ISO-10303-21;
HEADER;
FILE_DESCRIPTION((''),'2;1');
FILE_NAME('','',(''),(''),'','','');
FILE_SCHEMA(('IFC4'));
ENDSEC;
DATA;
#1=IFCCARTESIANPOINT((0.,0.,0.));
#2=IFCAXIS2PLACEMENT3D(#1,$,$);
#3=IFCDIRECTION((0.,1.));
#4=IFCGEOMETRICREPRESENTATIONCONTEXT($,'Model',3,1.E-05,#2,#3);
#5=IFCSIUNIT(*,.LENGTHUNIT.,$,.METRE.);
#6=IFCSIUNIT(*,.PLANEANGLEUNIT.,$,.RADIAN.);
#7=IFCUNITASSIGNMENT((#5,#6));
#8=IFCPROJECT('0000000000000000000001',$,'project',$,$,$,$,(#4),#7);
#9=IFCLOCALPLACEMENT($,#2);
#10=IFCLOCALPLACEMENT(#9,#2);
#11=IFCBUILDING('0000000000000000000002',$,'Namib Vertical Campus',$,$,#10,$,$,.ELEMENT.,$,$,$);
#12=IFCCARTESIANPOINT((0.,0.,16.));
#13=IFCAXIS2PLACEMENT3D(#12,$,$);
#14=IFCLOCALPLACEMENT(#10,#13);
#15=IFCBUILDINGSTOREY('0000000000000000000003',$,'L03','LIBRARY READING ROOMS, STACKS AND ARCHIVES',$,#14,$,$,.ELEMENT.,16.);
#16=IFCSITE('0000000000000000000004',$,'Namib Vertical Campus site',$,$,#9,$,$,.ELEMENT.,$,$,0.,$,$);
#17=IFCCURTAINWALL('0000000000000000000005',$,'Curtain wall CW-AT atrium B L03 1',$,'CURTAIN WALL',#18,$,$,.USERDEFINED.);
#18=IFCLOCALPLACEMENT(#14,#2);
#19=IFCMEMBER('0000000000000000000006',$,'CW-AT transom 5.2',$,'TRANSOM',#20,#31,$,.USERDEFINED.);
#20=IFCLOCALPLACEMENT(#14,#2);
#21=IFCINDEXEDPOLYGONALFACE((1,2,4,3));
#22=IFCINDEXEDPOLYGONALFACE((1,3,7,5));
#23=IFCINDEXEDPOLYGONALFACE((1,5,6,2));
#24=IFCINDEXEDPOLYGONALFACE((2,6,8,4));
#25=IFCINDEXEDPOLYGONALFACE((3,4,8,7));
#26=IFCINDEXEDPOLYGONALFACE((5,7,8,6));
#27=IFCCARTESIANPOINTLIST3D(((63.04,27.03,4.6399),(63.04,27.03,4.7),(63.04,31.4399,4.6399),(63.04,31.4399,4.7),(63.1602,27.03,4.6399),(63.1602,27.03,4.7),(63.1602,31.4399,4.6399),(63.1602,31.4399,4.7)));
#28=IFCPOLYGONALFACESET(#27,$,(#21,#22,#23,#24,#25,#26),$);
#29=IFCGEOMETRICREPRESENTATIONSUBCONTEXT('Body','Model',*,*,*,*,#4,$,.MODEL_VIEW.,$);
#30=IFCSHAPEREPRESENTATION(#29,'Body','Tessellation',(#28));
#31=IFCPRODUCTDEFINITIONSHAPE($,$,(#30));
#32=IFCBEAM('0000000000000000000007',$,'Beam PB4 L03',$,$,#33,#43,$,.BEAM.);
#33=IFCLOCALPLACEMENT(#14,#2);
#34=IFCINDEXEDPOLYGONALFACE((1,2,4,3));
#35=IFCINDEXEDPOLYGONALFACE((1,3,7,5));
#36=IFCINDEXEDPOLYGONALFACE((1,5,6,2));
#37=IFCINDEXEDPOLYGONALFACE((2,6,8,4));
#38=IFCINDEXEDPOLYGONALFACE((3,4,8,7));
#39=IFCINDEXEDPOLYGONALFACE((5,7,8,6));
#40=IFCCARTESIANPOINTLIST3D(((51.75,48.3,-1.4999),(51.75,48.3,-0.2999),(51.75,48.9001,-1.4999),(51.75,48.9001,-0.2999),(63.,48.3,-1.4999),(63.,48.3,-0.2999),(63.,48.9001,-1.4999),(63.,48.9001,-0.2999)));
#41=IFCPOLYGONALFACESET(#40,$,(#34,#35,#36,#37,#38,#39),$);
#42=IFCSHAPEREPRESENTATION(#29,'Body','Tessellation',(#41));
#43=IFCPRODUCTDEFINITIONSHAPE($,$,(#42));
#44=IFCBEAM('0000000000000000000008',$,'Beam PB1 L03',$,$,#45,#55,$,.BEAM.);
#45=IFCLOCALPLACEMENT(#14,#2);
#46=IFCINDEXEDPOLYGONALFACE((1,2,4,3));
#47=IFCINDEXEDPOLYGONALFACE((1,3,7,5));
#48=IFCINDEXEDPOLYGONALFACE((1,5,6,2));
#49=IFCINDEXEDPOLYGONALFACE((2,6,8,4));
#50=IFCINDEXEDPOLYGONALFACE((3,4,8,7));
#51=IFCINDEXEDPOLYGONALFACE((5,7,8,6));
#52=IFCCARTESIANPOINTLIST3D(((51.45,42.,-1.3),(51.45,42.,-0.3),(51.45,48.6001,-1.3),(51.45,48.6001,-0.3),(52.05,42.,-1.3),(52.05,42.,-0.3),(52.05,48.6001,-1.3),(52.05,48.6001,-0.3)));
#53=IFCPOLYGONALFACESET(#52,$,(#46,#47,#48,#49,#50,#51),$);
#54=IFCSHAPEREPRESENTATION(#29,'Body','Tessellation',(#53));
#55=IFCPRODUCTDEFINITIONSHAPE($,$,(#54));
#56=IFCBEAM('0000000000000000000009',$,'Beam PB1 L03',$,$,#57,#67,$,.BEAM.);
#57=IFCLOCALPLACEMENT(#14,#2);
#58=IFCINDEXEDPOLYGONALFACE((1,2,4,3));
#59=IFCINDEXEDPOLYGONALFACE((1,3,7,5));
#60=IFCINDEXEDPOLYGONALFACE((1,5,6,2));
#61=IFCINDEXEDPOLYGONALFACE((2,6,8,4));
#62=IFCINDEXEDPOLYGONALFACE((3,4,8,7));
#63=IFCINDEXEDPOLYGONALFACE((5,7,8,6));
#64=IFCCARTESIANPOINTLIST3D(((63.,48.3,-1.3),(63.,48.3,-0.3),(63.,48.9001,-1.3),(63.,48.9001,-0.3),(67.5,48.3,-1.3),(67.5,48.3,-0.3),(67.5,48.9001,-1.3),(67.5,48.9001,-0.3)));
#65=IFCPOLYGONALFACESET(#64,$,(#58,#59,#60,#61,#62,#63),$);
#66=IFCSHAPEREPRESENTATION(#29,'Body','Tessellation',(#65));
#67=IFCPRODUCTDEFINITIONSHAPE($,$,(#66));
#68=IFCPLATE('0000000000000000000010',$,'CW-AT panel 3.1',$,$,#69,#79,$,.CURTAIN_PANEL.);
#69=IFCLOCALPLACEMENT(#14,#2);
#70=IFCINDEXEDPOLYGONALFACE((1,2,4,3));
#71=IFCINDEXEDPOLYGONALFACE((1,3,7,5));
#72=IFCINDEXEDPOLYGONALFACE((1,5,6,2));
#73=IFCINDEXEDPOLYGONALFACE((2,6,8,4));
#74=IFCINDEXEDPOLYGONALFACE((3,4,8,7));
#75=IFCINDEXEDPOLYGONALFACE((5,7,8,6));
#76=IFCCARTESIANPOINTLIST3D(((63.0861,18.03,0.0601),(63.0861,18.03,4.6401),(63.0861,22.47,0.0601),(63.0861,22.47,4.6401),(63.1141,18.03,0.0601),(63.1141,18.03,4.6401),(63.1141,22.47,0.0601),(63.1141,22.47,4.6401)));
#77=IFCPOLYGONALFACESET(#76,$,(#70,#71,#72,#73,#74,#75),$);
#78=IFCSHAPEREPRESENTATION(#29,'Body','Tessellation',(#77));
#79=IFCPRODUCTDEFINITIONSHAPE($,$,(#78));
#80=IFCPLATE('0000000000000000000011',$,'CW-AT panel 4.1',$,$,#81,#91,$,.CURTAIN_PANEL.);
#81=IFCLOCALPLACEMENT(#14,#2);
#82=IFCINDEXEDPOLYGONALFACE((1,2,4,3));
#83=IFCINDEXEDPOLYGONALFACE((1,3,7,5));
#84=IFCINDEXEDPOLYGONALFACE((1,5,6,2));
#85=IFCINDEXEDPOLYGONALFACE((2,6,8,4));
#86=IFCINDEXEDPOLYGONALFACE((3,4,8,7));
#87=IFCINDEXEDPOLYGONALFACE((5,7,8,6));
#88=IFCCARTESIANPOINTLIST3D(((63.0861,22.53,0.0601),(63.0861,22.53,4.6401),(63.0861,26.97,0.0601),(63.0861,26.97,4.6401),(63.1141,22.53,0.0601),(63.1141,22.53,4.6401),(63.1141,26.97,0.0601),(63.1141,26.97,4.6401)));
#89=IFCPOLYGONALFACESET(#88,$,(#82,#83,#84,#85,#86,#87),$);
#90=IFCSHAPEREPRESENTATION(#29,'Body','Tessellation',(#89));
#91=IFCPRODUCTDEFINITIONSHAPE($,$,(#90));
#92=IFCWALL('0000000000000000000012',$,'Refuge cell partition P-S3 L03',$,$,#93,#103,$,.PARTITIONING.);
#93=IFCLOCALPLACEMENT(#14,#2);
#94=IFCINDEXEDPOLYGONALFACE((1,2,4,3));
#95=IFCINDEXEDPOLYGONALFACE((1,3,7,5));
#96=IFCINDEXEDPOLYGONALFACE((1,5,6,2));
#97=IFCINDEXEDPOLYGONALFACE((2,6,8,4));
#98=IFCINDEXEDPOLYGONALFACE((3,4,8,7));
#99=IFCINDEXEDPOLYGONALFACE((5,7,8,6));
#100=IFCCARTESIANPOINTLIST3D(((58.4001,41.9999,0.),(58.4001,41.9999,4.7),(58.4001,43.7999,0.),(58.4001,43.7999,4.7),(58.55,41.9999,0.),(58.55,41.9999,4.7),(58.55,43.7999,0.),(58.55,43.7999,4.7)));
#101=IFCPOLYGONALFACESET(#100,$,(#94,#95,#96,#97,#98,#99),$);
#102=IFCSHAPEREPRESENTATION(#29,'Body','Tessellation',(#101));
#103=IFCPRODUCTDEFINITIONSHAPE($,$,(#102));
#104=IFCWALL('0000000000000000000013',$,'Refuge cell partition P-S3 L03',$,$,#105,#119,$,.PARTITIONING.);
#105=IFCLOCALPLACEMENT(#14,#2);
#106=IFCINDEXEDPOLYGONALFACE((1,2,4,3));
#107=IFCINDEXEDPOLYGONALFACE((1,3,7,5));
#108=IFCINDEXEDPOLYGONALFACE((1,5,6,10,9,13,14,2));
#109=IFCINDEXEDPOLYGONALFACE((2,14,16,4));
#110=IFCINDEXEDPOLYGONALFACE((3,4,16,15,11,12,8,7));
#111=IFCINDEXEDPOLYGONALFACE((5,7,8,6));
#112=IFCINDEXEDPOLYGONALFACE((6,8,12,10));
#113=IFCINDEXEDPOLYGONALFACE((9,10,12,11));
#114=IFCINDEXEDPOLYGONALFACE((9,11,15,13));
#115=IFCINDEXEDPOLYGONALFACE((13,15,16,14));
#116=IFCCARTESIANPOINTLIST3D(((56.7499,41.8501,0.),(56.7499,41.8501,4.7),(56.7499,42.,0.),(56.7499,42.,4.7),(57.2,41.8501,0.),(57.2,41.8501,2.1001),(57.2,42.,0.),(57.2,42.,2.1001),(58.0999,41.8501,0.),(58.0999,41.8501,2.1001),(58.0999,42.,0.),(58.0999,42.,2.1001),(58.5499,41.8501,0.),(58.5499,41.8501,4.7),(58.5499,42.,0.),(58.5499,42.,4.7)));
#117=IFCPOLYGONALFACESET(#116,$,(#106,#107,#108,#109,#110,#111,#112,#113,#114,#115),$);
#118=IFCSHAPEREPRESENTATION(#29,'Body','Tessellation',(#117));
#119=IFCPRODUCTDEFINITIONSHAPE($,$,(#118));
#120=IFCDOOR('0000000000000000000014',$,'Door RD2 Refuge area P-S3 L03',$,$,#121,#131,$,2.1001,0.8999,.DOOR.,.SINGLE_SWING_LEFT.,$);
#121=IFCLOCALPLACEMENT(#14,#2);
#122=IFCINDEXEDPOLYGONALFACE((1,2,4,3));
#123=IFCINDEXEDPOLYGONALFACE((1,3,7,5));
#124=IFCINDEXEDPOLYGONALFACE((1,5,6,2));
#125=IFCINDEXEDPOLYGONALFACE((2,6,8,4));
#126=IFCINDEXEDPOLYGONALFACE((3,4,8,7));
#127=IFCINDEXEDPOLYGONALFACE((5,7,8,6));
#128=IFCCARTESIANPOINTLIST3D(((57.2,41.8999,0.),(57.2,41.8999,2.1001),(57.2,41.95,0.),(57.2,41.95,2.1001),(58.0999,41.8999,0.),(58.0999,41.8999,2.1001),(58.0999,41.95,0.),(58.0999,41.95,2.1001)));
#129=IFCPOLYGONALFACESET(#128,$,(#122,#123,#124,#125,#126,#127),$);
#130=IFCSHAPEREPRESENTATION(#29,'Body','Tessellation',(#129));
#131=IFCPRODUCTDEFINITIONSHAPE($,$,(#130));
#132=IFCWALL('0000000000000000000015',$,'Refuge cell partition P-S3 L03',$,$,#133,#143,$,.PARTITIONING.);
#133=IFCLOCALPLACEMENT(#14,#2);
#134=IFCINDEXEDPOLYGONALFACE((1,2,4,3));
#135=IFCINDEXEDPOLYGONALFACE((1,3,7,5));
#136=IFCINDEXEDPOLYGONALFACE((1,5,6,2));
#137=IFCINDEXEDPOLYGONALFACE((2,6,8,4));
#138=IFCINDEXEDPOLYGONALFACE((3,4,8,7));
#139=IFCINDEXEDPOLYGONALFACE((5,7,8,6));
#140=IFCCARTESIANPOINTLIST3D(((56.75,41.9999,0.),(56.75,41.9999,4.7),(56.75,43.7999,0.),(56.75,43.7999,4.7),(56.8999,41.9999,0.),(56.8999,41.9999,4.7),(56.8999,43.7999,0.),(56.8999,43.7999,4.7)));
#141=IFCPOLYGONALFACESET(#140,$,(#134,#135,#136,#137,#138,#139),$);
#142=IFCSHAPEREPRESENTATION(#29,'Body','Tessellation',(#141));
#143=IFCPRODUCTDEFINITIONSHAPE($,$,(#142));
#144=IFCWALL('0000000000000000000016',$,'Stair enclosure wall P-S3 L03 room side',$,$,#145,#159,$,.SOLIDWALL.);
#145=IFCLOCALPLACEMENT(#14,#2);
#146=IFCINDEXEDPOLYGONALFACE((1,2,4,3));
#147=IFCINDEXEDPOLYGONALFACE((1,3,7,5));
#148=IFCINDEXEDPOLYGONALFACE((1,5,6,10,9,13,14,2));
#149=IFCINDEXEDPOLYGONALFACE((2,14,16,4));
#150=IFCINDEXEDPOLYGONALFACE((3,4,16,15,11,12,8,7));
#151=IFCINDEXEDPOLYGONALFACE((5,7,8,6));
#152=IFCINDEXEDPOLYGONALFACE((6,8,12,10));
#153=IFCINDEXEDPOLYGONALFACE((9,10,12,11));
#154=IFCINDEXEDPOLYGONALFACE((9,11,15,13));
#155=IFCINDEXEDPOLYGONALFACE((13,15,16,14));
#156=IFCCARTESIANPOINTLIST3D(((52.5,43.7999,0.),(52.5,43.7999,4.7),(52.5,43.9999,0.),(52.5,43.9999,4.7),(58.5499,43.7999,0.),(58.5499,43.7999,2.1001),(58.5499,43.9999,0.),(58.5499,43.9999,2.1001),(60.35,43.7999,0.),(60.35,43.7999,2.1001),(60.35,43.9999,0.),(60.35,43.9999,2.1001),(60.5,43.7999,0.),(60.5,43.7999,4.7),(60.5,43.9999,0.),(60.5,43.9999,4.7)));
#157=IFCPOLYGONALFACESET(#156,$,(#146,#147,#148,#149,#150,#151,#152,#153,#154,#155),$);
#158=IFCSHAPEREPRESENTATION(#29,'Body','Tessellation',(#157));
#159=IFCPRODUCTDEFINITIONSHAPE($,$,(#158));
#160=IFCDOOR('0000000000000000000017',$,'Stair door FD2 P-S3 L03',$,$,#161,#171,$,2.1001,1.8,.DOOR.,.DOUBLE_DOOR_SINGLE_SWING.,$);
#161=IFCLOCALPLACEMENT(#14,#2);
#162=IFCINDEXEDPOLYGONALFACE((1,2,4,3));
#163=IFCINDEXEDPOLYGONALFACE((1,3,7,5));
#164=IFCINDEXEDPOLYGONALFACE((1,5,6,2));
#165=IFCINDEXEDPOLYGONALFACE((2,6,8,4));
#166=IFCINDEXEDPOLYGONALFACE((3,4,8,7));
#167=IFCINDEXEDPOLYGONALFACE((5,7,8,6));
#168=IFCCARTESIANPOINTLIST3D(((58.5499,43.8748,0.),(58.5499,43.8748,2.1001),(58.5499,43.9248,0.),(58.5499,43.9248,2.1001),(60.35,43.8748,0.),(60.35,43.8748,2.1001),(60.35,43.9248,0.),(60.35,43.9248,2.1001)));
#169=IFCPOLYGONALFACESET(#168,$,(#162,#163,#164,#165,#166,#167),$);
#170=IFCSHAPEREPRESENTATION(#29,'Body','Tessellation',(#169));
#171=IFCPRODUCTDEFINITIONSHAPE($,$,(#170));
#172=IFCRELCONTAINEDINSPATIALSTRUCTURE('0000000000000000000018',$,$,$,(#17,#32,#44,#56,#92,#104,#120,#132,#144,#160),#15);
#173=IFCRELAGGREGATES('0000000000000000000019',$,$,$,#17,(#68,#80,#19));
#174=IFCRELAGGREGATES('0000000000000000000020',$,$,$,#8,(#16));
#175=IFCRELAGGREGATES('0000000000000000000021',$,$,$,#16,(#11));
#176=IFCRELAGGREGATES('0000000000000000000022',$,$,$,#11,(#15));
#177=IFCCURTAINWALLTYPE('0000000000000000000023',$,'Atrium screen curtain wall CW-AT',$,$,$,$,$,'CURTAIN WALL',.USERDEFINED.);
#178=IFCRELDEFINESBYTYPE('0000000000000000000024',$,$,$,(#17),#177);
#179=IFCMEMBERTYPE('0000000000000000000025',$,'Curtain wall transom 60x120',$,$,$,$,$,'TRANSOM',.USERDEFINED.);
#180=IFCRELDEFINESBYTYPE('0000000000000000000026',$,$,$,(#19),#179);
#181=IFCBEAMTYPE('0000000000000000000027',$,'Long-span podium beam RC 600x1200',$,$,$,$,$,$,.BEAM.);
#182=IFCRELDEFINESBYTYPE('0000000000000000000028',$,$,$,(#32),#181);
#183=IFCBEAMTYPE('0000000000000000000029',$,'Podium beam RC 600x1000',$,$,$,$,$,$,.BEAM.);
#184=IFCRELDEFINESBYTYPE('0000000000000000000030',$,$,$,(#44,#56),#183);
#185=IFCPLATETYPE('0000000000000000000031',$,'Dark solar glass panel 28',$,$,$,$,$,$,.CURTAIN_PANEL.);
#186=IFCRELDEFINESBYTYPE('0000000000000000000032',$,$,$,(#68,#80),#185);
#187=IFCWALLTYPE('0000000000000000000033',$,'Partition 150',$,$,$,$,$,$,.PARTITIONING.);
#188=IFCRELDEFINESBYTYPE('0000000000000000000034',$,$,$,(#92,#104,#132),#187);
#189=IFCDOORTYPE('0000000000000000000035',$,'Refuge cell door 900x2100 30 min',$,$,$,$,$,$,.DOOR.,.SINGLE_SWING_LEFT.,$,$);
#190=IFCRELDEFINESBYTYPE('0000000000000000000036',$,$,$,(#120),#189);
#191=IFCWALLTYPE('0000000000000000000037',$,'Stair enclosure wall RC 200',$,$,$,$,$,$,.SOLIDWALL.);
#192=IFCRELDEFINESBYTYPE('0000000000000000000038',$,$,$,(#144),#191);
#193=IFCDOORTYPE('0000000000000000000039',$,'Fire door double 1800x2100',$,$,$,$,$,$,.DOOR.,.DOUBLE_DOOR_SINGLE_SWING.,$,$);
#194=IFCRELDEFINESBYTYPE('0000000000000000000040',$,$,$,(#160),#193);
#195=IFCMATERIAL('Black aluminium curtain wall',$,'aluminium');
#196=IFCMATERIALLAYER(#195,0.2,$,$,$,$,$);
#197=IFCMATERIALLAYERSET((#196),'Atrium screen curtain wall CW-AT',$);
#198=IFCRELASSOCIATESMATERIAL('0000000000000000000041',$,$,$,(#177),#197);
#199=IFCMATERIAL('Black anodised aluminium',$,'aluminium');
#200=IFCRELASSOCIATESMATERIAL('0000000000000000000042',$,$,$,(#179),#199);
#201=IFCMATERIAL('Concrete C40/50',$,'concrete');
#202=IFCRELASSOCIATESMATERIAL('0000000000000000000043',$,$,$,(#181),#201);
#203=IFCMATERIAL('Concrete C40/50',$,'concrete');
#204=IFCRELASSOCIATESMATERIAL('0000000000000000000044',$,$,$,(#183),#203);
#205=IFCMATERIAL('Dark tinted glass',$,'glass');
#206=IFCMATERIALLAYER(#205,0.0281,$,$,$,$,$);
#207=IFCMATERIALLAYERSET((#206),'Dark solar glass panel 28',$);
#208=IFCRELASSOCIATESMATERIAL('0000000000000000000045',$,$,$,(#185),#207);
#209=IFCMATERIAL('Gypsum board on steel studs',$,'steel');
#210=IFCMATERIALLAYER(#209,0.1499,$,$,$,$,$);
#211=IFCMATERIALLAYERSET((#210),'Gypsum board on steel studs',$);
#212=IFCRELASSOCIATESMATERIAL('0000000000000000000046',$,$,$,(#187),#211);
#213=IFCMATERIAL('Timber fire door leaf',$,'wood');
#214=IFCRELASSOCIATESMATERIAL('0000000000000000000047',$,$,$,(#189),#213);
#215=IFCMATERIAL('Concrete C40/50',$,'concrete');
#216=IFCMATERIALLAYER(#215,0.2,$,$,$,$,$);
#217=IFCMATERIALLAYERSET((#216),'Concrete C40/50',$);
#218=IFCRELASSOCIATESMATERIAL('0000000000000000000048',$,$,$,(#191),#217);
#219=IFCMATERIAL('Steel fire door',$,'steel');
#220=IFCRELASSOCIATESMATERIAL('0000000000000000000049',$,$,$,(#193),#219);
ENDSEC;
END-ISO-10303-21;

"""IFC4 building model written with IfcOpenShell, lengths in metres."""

from ifc_helpers import new_model, si_unit, direction, frame, frame_2d, origin, origin_2d, place, context, subcontext, project, spatial, rectangle, extrude, material, layer, layer_set, material_profile, profile_set, type_object, element, fill, aggregate, save


model = new_model("IFC4")

# Units and contexts
model_context = context("Model", 3, precision=1e-05, world=origin(), true_north=direction((0.0, 1.0)))
body_context = subcontext(model_context, "Body", "Model", "MODEL_VIEW")
ifc_project = project(units=[si_unit("LENGTHUNIT", "METRE"), si_unit("PLANEANGLEUNIT", "RADIAN")], contexts=[model_context])

# Site, building, storey
site_placement = place(None, origin())
site = spatial("IfcSite", under=ifc_project, at=site_placement, Name="Namib Vertical Campus site", CompositionType="ELEMENT", RefElevation=0.0)
building_placement = place(site_placement, origin())
building = spatial("IfcBuilding", under=site, at=building_placement, Name="Namib Vertical Campus", CompositionType="ELEMENT")
storey_placement = place(building_placement, frame((0.0, 0.0, 16.0)))
storey = spatial("IfcBuildingStorey", under=building, at=storey_placement, Name="L03", Description="LIBRARY READING ROOMS, STACKS AND ARCHIVES", CompositionType="ELEMENT", Elevation=16.0)

# Curtain wall, member
ifc_material_1 = material(Name="Black aluminium curtain wall", Category="aluminium")
ifc_layer_1 = layer(ifc_material_1, 0.2)
ifc_layer_set_1 = layer_set([ifc_layer_1], Name="Atrium screen curtain wall CW-AT")
curtain_wall_type = type_object("IfcCurtainWallType", Name="Atrium screen curtain wall CW-AT", ElementType="CURTAIN WALL", PredefinedType="USERDEFINED", material=ifc_layer_set_1)
curtain_wall_placement = place(storey_placement, origin())
curtain_wall = element("IfcCurtainWall", 1, at=curtain_wall_placement, inside=storey, type_object=curtain_wall_type, Name="Curtain wall CW-AT atrium B L03 1", ObjectType="CURTAIN WALL", PredefinedType="USERDEFINED")
ifc_material_2 = material(Name="Black anodised aluminium", Category="aluminium")
ifc_material_profile_1 = material_profile(ifc_material_2, rectangle(XDim=0.0601, YDim=0.1201, at=origin_2d()))
ifc_profile_set_1 = profile_set([ifc_material_profile_1], Name="Black anodised aluminium")
member_type_1 = type_object("IfcMemberType", Name="Curtain wall transom 60x120", ElementType="TRANSOM", PredefinedType="USERDEFINED", material=ifc_profile_set_1)
member_1_placement = place(storey_placement, frame((63.1001, 27.03, 4.6699), z_axis=(0.0, 1.0, 0.0), x_axis=(0.0, 0.0, 1.0)))
member_1 = element("IfcMember", 2, at=member_1_placement, type_object=member_type_1, Name="CW-AT transom 5.2", ObjectType="TRANSOM", PredefinedType="USERDEFINED", context=body_context, shape_type="SweptSolid", body=[
    extrude(rectangle(XDim=0.0601, YDim=0.1201, at=origin_2d()), origin(), (0.0, 0.0, 1.0), 4.4099),
])

# Beams
ifc_material_3 = material(Name="Concrete C40/50", Category="concrete")
ifc_material_profile_2 = material_profile(ifc_material_3, rectangle(XDim=0.6001, YDim=1.2, at=origin_2d()))
ifc_profile_set_2 = profile_set([ifc_material_profile_2], Name="Concrete C40/50")
beam_type_1 = type_object("IfcBeamType", Name="Long-span podium beam RC 600x1200", PredefinedType="BEAM", material=ifc_profile_set_2)
beam_1_placement = place(storey_placement, frame((51.75, 48.6001, -0.8999), z_axis=(1.0, 0.0, 0.0), x_axis=(0.0, 1.0, 0.0)))
element("IfcBeam", 3, at=beam_1_placement, inside=storey, type_object=beam_type_1, Name="Beam PB4 L03", PredefinedType="BEAM", context=body_context, shape_type="SweptSolid", body=[
    extrude(rectangle(XDim=0.6001, YDim=1.2, at=origin_2d()), origin(), (0.0, 0.0, 1.0), 11.25),
])
ifc_material_4 = material(Name="Concrete C40/50", Category="concrete")
ifc_material_profile_3 = material_profile(ifc_material_4, rectangle(XDim=0.6001, YDim=1.0, at=origin_2d()))
ifc_profile_set_3 = profile_set([ifc_material_profile_3], Name="Concrete C40/50")
beam_type_2 = type_object("IfcBeamType", Name="Podium beam RC 600x1000", PredefinedType="BEAM", material=ifc_profile_set_3)
beam_2_placement = place(storey_placement, frame((51.75, 42.0, -0.8), z_axis=(0.0, 1.0, 0.0), x_axis=(-1.0, 0.0, 0.0)))
element("IfcBeam", 4, at=beam_2_placement, inside=storey, type_object=beam_type_2, Name="Beam PB1 L03", PredefinedType="BEAM", context=body_context, shape_type="SweptSolid", body=[
    extrude(rectangle(XDim=0.6001, YDim=1.0, at=origin_2d()), origin(), (0.0, 0.0, 1.0), 6.6001),
])
beam_3_placement = place(storey_placement, frame((63.0, 48.6001, -0.8), z_axis=(1.0, 0.0, 0.0), x_axis=(0.0, 1.0, 0.0)))
element("IfcBeam", 5, at=beam_3_placement, inside=storey, type_object=beam_type_2, Name="Beam PB1 L03", PredefinedType="BEAM", context=body_context, shape_type="SweptSolid", body=[
    extrude(rectangle(XDim=0.6001, YDim=1.0, at=origin_2d()), origin(), (0.0, 0.0, 1.0), 4.5),
])

# Plates
ifc_material_5 = material(Name="Dark tinted glass", Category="glass")
ifc_layer_2 = layer(ifc_material_5, 0.0281)
ifc_layer_set_2 = layer_set([ifc_layer_2], Name="Dark solar glass panel 28")
plate_type = type_object("IfcPlateType", Name="Dark solar glass panel 28", PredefinedType="CURTAIN_PANEL", material=ifc_layer_set_2)
plate_1_placement = place(storey_placement, frame((63.1001, 20.25, 0.0601), z_axis=(0.0, 0.0, 1.0), x_axis=(0.0, 1.0, 0.0)))
plate_1 = element("IfcPlate", 6, at=plate_1_placement, type_object=plate_type, Name="CW-AT panel 3.1", PredefinedType="CURTAIN_PANEL", context=body_context, shape_type="SweptSolid", body=[
    extrude(rectangle(XDim=4.4399, YDim=0.0281, at=origin_2d()), origin(), (0.0, 0.0, 1.0), 4.5801),
])
plate_2_placement = place(storey_placement, frame((63.1001, 24.75, 0.0601), z_axis=(0.0, 0.0, 1.0), x_axis=(0.0, 1.0, 0.0)))
plate_2 = element("IfcPlate", 7, at=plate_2_placement, type_object=plate_type, Name="CW-AT panel 4.1", PredefinedType="CURTAIN_PANEL", context=body_context, shape_type="SweptSolid", body=[
    extrude(rectangle(XDim=4.4399, YDim=0.0281, at=origin_2d()), origin(), (0.0, 0.0, 1.0), 4.5801),
])
aggregate(curtain_wall, [plate_1, plate_2, member_1])

# Wall
ifc_material_6 = material(Name="Gypsum board on steel studs", Category="steel")
ifc_layer_3 = layer(ifc_material_6, 0.1499)
ifc_layer_set_3 = layer_set([ifc_layer_3], Name="Gypsum board on steel studs")
wall_type_1 = type_object("IfcWallType", Name="Partition 150", PredefinedType="PARTITIONING", material=ifc_layer_set_3)
wall_1_placement = place(storey_placement, frame((58.4751, 42.0, 0.0), z_axis=(0.0, 0.0, 1.0), x_axis=(0.0, 1.0, 0.0)))
element("IfcWall", 8, at=wall_1_placement, inside=storey, type_object=wall_type_1, Name="Refuge cell partition P-S3 L03", PredefinedType="PARTITIONING", context=body_context, shape_type="SweptSolid", body=[
    extrude(rectangle(XDim=1.8, YDim=0.1499, at=frame_2d((0.8999, 0.0))), origin(), (0.0, 0.0, 1.0), 4.7),
])

# Wall, opening, door
wall_2_placement = place(storey_placement, frame((56.75, 41.925, 0.0), z_axis=(0.0, 0.0, 1.0), x_axis=(1.0, 0.0, 0.0)))
wall_2 = element("IfcWall", 9, at=wall_2_placement, inside=storey, type_object=wall_type_1, Name="Refuge cell partition P-S3 L03", PredefinedType="PARTITIONING", context=body_context, shape_type="SweptSolid", body=[
    extrude(rectangle(XDim=1.8, YDim=0.1499, at=frame_2d((0.8999, 0.0))), origin(), (0.0, 0.0, 1.0), 4.7),
])
opening_1_placement = place(wall_2_placement, frame((0.45, 0.0, 0.0)))
opening_1 = element("IfcOpeningElement", 10, at=opening_1_placement, cuts=wall_2, PredefinedType="OPENING", context=body_context, shape_type="SweptSolid", body=[
    extrude(rectangle(XDim=0.8999, YDim=2.1001, at=frame_2d((0.45, 1.05))), frame((0.0, 0.085, 0.0), z_axis=(0.0, -1.0, 0.0), x_axis=(1.0, 0.0, 0.0)), (0.0, 0.0, 1.0), 0.1699),
])
ifc_material_7 = material(Name="Timber fire door leaf", Category="wood")
door_type_1 = type_object("IfcDoorType", Name="Refuge cell door 900x2100 30 min", OperationType="SINGLE_SWING_LEFT", PredefinedType="DOOR", material=ifc_material_7)
door_1_placement = place(opening_1_placement, origin())
door_1 = element("IfcDoor", 11, at=door_1_placement, inside=storey, type_object=door_type_1, Name="Door RD2 Refuge area P-S3 L03", OperationType="SINGLE_SWING_LEFT", OverallHeight=2.1001, OverallWidth=0.8999, PredefinedType="DOOR", context=body_context, shape_type="SweptSolid", body=[
    extrude(rectangle(XDim=0.8999, YDim=2.1001, at=frame_2d((0.45, 1.05))), frame((0.0, 0.0249, 0.0), z_axis=(0.0, -1.0, 0.0), x_axis=(1.0, 0.0, 0.0)), (0.0, 0.0, 1.0), 0.05),
])
fill(opening_1, door_1)

# Wall
wall_3_placement = place(storey_placement, frame((56.825, 42.0, 0.0), z_axis=(0.0, 0.0, 1.0), x_axis=(0.0, 1.0, 0.0)))
element("IfcWall", 12, at=wall_3_placement, inside=storey, type_object=wall_type_1, Name="Refuge cell partition P-S3 L03", PredefinedType="PARTITIONING", context=body_context, shape_type="SweptSolid", body=[
    extrude(rectangle(XDim=1.8, YDim=0.1499, at=frame_2d((0.8999, 0.0))), origin(), (0.0, 0.0, 1.0), 4.7),
])

# Wall, opening, door
ifc_material_8 = material(Name="Concrete C40/50", Category="concrete")
ifc_layer_4 = layer(ifc_material_8, 0.2)
ifc_layer_set_4 = layer_set([ifc_layer_4], Name="Concrete C40/50")
wall_type_2 = type_object("IfcWallType", Name="Stair enclosure wall RC 200", PredefinedType="SOLIDWALL", material=ifc_layer_set_4)
wall_4_placement = place(storey_placement, frame((52.5, 43.8999, 0.0), z_axis=(0.0, 0.0, 1.0), x_axis=(1.0, 0.0, 0.0)))
wall_4 = element("IfcWall", 13, at=wall_4_placement, inside=storey, type_object=wall_type_2, Name="Stair enclosure wall P-S3 L03 room side", PredefinedType="SOLIDWALL", context=body_context, shape_type="SweptSolid", body=[
    extrude(rectangle(XDim=8.0, YDim=0.2, at=frame_2d((4.0, 0.0))), origin(), (0.0, 0.0, 1.0), 4.7),
])
opening_2_placement = place(wall_4_placement, frame((6.05, 0.0, 0.0)))
opening_2 = element("IfcOpeningElement", 14, at=opening_2_placement, cuts=wall_4, PredefinedType="OPENING", context=body_context, shape_type="SweptSolid", body=[
    extrude(rectangle(XDim=1.8, YDim=2.1001, at=frame_2d((0.8999, 1.05))), frame((0.0, 0.1099, 0.0), z_axis=(0.0, -1.0, 0.0), x_axis=(1.0, 0.0, 0.0)), (0.0, 0.0, 1.0), 0.22),
])
ifc_material_9 = material(Name="Steel fire door", Category="steel")
door_type_2 = type_object("IfcDoorType", Name="Fire door double 1800x2100", OperationType="DOUBLE_DOOR_SINGLE_SWING", PredefinedType="DOOR", material=ifc_material_9)
door_2_placement = place(opening_2_placement, origin())
door_2 = element("IfcDoor", 15, at=door_2_placement, inside=storey, type_object=door_type_2, Name="Stair door FD2 P-S3 L03", OperationType="DOUBLE_DOOR_SINGLE_SWING", OverallHeight=2.1001, OverallWidth=1.8, PredefinedType="DOOR", context=body_context, shape_type="SweptSolid", body=[
    extrude(rectangle(XDim=1.8, YDim=2.1001, at=frame_2d((0.8999, 1.05))), frame((0.0, 0.0249, 0.0), z_axis=(0.0, -1.0, 0.0), x_axis=(1.0, 0.0, 0.0)), (0.0, 0.0, 1.0), 0.05),
])
fill(opening_2, door_2)

save(model, "model.ifc")
